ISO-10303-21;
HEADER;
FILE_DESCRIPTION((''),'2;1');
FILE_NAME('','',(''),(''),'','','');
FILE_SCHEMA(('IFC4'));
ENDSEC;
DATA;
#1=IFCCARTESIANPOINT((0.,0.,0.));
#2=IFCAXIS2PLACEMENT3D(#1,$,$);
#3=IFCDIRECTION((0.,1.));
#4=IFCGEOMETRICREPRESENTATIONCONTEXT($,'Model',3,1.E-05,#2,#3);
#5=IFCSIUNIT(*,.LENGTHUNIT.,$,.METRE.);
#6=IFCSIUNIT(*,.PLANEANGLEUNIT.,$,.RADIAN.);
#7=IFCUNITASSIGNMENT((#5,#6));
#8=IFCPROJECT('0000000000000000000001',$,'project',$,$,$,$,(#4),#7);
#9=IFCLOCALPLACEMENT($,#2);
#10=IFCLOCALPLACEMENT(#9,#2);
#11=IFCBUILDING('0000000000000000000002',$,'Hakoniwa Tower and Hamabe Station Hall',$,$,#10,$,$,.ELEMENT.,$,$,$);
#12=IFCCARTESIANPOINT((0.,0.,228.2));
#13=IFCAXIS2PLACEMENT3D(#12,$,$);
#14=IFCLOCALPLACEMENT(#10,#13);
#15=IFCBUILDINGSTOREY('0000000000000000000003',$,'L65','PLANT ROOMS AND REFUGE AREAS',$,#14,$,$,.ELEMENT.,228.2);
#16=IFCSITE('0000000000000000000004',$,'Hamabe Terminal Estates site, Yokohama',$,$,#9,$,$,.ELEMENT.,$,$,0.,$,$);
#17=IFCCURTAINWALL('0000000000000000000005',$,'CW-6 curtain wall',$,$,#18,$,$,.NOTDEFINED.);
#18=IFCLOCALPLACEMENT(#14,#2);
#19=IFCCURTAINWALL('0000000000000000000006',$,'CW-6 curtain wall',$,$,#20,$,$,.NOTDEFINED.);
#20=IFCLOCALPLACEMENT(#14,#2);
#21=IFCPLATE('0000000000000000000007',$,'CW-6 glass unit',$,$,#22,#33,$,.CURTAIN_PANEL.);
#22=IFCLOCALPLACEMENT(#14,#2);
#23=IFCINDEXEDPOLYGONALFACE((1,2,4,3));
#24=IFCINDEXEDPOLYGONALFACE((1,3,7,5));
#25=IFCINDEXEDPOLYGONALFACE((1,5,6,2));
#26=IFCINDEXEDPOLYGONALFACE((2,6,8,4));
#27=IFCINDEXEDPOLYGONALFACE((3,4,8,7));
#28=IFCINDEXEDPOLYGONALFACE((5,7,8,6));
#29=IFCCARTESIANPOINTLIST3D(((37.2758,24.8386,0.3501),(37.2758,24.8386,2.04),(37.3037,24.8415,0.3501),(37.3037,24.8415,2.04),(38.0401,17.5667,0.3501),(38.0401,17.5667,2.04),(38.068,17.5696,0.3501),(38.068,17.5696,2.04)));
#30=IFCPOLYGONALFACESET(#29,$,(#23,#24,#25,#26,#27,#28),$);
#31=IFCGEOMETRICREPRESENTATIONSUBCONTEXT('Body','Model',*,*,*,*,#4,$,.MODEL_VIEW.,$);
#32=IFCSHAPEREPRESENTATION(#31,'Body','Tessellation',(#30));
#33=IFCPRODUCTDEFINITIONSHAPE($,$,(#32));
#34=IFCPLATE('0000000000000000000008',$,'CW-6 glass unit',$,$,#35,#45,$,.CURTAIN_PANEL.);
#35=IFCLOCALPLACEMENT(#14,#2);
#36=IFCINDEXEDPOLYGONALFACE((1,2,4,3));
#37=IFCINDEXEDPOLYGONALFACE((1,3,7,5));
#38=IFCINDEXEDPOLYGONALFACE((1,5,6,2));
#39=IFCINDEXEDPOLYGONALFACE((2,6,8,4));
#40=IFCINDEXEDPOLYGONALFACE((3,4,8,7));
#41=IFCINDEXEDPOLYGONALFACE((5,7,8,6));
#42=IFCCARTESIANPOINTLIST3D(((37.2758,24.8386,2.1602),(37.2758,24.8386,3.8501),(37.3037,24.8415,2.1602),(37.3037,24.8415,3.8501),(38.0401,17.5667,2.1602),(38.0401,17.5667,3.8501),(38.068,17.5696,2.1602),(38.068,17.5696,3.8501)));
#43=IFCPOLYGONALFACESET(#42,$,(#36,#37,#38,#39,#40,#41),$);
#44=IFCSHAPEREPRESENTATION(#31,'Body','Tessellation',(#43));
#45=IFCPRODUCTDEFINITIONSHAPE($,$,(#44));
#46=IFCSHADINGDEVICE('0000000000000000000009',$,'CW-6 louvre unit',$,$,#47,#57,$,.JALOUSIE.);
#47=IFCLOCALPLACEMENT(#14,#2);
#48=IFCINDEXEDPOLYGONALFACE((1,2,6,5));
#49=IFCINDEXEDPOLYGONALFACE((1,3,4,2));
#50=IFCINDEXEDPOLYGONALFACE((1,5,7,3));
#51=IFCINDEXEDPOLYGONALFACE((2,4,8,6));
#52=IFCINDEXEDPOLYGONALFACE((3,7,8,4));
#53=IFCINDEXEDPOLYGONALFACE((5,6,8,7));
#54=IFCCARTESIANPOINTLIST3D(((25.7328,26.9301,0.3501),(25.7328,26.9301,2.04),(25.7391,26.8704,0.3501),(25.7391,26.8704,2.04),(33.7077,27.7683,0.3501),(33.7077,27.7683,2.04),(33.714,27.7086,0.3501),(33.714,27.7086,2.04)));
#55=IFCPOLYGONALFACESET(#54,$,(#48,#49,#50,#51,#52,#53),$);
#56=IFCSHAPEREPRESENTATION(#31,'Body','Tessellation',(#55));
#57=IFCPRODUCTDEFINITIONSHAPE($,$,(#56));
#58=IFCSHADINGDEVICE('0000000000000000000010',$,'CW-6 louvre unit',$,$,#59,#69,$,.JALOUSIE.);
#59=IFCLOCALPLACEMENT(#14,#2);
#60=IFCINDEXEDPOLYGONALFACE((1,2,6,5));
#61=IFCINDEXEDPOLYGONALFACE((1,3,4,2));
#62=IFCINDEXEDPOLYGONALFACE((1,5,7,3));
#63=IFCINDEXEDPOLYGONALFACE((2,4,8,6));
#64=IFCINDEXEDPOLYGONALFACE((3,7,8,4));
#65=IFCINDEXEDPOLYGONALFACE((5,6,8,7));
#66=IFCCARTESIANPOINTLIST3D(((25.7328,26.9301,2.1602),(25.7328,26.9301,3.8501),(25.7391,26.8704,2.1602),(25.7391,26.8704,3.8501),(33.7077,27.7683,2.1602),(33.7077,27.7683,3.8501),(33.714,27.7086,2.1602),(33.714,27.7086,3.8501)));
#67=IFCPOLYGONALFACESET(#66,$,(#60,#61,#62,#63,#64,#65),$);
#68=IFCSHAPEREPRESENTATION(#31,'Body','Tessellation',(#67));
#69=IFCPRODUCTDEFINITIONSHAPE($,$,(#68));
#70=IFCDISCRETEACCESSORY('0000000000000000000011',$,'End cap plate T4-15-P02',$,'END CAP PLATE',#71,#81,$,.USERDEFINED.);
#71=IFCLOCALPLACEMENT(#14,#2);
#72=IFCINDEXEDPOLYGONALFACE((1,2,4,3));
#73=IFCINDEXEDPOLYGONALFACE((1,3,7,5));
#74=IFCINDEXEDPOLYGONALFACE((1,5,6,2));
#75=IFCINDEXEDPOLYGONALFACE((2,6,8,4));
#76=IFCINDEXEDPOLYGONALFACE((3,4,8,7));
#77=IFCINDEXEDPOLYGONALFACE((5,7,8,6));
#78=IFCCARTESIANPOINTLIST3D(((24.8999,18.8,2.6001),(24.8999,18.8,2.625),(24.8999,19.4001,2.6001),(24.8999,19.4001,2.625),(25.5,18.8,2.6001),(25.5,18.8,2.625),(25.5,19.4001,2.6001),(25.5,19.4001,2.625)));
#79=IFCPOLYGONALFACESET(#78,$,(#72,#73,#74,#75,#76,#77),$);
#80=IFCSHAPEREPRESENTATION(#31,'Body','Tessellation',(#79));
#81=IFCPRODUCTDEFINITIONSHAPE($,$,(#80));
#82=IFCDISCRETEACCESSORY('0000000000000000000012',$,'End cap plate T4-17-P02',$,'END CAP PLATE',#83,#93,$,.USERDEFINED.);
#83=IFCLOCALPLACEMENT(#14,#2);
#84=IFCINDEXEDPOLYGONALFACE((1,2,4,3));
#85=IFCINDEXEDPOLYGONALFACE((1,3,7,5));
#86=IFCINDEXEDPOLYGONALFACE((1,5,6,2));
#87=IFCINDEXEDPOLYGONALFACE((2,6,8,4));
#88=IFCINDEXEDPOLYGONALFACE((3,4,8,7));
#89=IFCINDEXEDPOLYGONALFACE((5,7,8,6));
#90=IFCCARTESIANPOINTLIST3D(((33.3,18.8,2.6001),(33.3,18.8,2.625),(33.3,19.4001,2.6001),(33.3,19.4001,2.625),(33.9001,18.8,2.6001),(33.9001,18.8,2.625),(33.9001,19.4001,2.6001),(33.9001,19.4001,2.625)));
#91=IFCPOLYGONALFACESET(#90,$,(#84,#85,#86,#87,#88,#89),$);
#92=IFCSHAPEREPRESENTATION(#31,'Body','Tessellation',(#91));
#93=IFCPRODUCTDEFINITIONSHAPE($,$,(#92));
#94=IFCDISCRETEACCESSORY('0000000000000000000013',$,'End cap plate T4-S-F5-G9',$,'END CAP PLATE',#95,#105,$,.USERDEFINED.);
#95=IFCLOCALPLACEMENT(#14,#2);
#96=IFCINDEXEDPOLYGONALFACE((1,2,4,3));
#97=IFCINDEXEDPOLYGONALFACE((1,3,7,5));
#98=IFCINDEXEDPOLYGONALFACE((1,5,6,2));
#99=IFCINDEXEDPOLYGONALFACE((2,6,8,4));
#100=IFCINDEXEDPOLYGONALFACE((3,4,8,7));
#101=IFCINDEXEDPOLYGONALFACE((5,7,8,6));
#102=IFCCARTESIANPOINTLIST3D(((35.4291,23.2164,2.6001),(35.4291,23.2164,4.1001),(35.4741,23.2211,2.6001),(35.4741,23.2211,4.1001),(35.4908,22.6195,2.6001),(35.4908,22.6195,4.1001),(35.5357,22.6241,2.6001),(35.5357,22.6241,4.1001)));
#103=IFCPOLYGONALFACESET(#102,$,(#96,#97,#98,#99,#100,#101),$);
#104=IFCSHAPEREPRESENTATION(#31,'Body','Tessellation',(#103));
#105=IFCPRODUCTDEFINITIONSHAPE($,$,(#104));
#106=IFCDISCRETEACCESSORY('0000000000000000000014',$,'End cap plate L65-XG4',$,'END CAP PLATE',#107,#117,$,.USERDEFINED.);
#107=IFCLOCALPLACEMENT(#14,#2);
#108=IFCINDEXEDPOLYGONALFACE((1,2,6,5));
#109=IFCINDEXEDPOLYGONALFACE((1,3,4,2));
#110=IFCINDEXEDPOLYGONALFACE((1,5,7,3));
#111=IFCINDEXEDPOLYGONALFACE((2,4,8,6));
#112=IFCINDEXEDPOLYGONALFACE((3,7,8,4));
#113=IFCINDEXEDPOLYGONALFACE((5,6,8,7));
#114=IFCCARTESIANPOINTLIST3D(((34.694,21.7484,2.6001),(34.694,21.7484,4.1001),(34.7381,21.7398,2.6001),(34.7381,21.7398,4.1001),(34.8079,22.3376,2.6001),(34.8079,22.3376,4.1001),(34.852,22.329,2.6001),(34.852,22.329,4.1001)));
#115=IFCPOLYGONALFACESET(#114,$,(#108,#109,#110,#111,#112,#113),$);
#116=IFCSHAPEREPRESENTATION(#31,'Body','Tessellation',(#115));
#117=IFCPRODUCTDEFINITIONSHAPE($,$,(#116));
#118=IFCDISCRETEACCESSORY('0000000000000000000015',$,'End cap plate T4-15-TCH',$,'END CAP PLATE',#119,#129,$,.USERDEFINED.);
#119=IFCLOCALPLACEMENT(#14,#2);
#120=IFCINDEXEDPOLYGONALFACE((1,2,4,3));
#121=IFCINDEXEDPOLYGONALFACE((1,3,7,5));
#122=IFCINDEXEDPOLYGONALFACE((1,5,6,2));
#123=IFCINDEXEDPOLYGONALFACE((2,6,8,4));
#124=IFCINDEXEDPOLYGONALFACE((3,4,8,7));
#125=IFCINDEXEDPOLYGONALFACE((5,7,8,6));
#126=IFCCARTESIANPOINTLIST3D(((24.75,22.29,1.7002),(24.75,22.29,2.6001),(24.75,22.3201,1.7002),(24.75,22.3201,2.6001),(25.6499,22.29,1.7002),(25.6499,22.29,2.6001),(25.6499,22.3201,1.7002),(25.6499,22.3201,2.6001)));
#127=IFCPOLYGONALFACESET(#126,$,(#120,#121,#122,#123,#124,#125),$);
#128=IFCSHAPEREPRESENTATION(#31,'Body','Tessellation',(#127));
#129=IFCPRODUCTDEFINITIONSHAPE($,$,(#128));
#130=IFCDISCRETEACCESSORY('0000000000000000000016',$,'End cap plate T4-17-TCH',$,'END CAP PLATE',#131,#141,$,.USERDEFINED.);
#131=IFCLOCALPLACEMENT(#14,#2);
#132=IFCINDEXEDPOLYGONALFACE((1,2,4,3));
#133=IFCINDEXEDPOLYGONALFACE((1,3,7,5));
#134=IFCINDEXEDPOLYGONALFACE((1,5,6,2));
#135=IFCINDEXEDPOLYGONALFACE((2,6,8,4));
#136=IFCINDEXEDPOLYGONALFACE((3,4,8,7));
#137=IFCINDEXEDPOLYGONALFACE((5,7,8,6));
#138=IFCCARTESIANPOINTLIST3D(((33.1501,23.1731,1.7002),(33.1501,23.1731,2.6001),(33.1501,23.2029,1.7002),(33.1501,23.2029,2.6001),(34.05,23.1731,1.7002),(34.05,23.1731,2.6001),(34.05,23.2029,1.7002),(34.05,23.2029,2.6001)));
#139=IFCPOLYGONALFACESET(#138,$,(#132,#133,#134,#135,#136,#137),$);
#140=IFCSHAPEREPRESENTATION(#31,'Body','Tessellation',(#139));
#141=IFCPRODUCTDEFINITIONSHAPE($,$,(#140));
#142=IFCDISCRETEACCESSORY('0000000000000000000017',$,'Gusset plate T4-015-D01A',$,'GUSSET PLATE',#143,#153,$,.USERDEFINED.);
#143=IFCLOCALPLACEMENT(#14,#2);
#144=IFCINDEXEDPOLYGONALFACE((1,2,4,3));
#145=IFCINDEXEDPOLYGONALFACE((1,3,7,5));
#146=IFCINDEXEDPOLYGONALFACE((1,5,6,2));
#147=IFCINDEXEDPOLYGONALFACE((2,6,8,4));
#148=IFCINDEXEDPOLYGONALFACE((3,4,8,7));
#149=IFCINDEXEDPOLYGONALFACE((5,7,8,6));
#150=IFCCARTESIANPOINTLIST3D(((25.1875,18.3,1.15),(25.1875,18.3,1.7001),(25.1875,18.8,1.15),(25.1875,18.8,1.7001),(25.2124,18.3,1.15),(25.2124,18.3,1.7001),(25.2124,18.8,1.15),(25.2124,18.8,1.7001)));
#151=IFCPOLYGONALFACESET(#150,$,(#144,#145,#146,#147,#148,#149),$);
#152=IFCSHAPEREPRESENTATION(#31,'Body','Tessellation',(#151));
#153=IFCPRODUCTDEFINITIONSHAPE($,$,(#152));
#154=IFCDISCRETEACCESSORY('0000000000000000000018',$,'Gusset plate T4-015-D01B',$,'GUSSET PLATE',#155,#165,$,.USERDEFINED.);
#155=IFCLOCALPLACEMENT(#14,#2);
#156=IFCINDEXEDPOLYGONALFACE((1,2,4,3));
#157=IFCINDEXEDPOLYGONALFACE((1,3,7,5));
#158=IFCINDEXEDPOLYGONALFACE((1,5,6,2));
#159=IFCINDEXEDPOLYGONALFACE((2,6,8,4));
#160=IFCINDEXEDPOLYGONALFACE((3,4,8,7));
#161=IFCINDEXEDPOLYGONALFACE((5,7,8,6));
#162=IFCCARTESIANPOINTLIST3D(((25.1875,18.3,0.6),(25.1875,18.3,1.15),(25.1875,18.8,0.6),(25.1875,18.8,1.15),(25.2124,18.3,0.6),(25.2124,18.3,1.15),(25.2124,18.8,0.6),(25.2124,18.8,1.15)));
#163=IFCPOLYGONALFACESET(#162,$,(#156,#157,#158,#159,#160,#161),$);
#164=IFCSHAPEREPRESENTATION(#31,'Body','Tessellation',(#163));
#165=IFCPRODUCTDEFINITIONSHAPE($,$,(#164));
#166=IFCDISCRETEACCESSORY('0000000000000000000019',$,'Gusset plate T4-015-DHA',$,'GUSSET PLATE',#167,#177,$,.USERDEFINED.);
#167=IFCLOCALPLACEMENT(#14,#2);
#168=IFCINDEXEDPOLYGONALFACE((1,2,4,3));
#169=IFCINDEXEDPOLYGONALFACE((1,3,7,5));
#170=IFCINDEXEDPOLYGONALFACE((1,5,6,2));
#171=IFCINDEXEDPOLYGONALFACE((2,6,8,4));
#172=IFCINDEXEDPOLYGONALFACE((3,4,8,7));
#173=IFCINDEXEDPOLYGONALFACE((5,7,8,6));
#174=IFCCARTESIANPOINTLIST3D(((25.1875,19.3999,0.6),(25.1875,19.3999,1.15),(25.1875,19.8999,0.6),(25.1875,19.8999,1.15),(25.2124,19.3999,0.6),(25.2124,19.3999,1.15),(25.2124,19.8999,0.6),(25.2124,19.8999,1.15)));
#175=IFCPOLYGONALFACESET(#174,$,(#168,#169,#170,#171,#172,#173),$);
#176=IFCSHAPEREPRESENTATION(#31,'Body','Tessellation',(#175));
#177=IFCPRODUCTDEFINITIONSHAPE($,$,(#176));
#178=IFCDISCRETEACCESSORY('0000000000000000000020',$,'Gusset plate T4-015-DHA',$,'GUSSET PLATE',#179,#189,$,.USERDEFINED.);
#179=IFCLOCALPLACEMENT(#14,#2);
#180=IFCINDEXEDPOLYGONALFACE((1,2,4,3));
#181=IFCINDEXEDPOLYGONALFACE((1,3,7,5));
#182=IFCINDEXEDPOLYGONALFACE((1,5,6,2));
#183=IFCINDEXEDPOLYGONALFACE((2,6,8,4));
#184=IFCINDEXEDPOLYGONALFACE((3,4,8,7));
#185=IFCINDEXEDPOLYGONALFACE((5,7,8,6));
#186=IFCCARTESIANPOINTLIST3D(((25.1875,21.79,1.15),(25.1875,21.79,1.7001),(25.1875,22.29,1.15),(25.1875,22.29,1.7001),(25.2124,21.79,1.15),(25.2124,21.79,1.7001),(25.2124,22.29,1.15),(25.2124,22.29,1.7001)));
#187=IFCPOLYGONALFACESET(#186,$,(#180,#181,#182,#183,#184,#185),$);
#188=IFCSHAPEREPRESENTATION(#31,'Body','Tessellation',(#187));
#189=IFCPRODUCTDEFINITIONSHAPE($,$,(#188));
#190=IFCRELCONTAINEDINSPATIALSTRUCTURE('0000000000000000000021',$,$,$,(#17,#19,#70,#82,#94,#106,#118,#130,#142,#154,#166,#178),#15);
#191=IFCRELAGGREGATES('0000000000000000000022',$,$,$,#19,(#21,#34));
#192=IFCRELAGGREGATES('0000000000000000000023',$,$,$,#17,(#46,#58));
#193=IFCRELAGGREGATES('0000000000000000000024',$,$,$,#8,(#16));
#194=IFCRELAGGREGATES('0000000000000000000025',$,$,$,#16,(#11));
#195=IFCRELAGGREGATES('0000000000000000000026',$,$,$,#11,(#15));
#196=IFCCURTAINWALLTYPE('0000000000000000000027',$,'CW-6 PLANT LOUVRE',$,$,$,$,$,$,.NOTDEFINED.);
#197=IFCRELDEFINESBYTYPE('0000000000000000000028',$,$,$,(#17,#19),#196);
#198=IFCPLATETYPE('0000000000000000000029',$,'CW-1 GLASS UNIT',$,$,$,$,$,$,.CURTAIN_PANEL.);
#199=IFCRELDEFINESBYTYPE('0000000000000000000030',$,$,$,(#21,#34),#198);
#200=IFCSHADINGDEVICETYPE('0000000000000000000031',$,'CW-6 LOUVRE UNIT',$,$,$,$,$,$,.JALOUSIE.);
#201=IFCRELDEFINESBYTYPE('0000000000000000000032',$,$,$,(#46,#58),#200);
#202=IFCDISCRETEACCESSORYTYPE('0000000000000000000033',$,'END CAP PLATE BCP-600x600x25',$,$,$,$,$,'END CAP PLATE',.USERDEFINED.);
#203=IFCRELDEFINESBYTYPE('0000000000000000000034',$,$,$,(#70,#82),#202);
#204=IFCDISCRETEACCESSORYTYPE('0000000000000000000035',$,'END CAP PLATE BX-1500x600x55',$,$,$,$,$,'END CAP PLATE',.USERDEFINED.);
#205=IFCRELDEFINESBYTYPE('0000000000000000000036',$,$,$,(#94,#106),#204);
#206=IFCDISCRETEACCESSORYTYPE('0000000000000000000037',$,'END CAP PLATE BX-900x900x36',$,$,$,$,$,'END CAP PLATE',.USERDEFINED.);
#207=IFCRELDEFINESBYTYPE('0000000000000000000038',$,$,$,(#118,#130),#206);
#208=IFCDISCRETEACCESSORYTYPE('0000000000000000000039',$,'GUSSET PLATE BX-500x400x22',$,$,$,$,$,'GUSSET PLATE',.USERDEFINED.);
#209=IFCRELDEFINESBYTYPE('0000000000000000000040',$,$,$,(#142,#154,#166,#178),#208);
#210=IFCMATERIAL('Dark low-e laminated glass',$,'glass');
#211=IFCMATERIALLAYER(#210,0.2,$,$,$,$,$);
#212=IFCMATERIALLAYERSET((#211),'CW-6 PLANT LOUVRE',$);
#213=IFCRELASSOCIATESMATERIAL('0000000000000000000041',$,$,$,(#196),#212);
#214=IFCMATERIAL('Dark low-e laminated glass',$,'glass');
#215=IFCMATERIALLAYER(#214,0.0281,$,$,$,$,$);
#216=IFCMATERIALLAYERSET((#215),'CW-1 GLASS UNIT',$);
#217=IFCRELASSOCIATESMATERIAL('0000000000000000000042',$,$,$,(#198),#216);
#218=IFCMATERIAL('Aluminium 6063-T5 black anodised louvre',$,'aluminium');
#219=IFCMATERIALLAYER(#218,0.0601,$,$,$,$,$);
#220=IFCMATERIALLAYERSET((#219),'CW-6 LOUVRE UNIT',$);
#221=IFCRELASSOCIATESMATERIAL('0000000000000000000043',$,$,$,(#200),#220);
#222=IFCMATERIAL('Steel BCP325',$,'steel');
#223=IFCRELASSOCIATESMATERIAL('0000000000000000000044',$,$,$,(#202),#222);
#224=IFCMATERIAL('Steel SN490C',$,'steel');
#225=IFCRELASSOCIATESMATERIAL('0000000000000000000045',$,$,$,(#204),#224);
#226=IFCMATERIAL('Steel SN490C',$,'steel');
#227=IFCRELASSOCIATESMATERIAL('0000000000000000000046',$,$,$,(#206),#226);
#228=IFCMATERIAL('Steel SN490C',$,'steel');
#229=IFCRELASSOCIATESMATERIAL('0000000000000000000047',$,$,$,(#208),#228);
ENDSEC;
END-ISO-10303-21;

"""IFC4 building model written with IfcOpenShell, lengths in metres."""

from ifc_helpers import new_model, si_unit, direction, frame, origin, origin_2d, place, context, subcontext, project, spatial, rectangle, extrude, material, layer, layer_set, material_profile, profile_set, type_object, element, aggregate, save


model = new_model("IFC4")

# Units and contexts
model_context = context("Model", 3, precision=1e-05, world=origin(), true_north=direction((0.0, 1.0)))
body_context = subcontext(model_context, "Body", "Model", "MODEL_VIEW")
ifc_project = project(units=[si_unit("LENGTHUNIT", "METRE"), si_unit("PLANEANGLEUNIT", "RADIAN")], contexts=[model_context])

# Site, building, storey
site_placement = place(None, origin())
site = spatial("IfcSite", under=ifc_project, at=site_placement, Name="Hamabe Terminal Estates site, Yokohama", CompositionType="ELEMENT", RefElevation=0.0)
building_placement = place(site_placement, origin())
building = spatial("IfcBuilding", under=site, at=building_placement, Name="Hakoniwa Tower and Hamabe Station Hall", CompositionType="ELEMENT")
storey_placement = place(building_placement, frame((0.0, 0.0, 228.2)))
storey = spatial("IfcBuildingStorey", under=building, at=storey_placement, Name="L65", Description="PLANT ROOMS AND REFUGE AREAS", CompositionType="ELEMENT", Elevation=228.2)

# Curtain walls
ifc_material_1 = material(Name="Dark low-e laminated glass", Category="glass")
ifc_layer_1 = layer(ifc_material_1, 0.2)
ifc_layer_set_1 = layer_set([ifc_layer_1], Name="CW-6 PLANT LOUVRE")
curtain_wall_type = type_object("IfcCurtainWallType", Name="CW-6 PLANT LOUVRE", PredefinedType="NOTDEFINED", material=ifc_layer_set_1)
curtain_wall_1_placement = place(storey_placement, origin())
curtain_wall_1 = element("IfcCurtainWall", 1, at=curtain_wall_1_placement, inside=storey, type_object=curtain_wall_type, Name="CW-6 curtain wall", PredefinedType="NOTDEFINED")
curtain_wall_2_placement = place(storey_placement, origin())
curtain_wall_2 = element("IfcCurtainWall", 2, at=curtain_wall_2_placement, inside=storey, type_object=curtain_wall_type, Name="CW-6 curtain wall", PredefinedType="NOTDEFINED")

# Plates
ifc_material_2 = material(Name="Dark low-e laminated glass", Category="glass")
ifc_layer_2 = layer(ifc_material_2, 0.0281)
ifc_layer_set_2 = layer_set([ifc_layer_2], Name="CW-1 GLASS UNIT")
plate_type = type_object("IfcPlateType", Name="CW-1 GLASS UNIT", PredefinedType="CURTAIN_PANEL", material=ifc_layer_set_2)
plate_1_placement = place(storey_placement, frame((37.6719, 21.2041, 0.3501), z_axis=(0.0, 0.0, 1.0), x_axis=(-0.104528, 0.994522, 0.0)))
plate_1 = element("IfcPlate", 3, at=plate_1_placement, type_object=plate_type, Name="CW-6 glass unit", PredefinedType="CURTAIN_PANEL", context=body_context, shape_type="SweptSolid", body=[
    extrude(rectangle(XDim=7.312, YDim=0.0281, at=origin_2d()), origin(), (0.0, 0.0, 1.0), 1.6899),
])
plate_2_placement = place(storey_placement, frame((37.6719, 21.2041, 2.1602), z_axis=(0.0, 0.0, 1.0), x_axis=(-0.104528, 0.994522, 0.0)))
plate_2 = element("IfcPlate", 4, at=plate_2_placement, type_object=plate_type, Name="CW-6 glass unit", PredefinedType="CURTAIN_PANEL", context=body_context, shape_type="SweptSolid", body=[
    extrude(rectangle(XDim=7.312, YDim=0.0281, at=origin_2d()), origin(), (0.0, 0.0, 1.0), 1.6899),
])
aggregate(curtain_wall_2, [plate_1, plate_2])

# Shading devices
ifc_material_3 = material(Name="Aluminium 6063-T5 black anodised louvre", Category="aluminium")
ifc_layer_3 = layer(ifc_material_3, 0.0601)
ifc_layer_set_3 = layer_set([ifc_layer_3], Name="CW-6 LOUVRE UNIT")
shading_device_type = type_object("IfcShadingDeviceType", Name="CW-6 LOUVRE UNIT", PredefinedType="JALOUSIE", material=ifc_layer_set_3)
shading_device_1_placement = place(storey_placement, frame((29.7234, 27.3193, 0.3501), z_axis=(0.0, 0.0, 1.0), x_axis=(-0.994522, -0.104528, 0.0)))
shading_device_1 = element("IfcShadingDevice", 5, at=shading_device_1_placement, type_object=shading_device_type, Name="CW-6 louvre unit", PredefinedType="JALOUSIE", context=body_context, shape_type="SweptSolid", body=[
    extrude(rectangle(XDim=8.0188, YDim=0.0601, at=origin_2d()), origin(), (0.0, 0.0, 1.0), 1.6899),
])
shading_device_2_placement = place(storey_placement, frame((29.7234, 27.3193, 2.1602), z_axis=(0.0, 0.0, 1.0), x_axis=(-0.994522, -0.104528, 0.0)))
shading_device_2 = element("IfcShadingDevice", 6, at=shading_device_2_placement, type_object=shading_device_type, Name="CW-6 louvre unit", PredefinedType="JALOUSIE", context=body_context, shape_type="SweptSolid", body=[
    extrude(rectangle(XDim=8.0188, YDim=0.0601, at=origin_2d()), origin(), (0.0, 0.0, 1.0), 1.6899),
])
aggregate(curtain_wall_1, [shading_device_1, shading_device_2])

# Discrete accessories
ifc_material_4 = material(Name="Steel BCP325", Category="steel")
ifc_material_profile_1 = material_profile(ifc_material_4, rectangle(XDim=0.6001, YDim=0.6001, at=origin_2d()), Name="END CAP PLATE BCP-600x600x25")
ifc_profile_set_1 = profile_set([ifc_material_profile_1], Name="Steel BCP325")
discrete_accessory_type_1 = type_object("IfcDiscreteAccessoryType", Name="END CAP PLATE BCP-600x600x25", ElementType="END CAP PLATE", PredefinedType="USERDEFINED", material=ifc_profile_set_1)
for number, where, z_axis, x_axis, name in (
    (7, (25.2, 19.1001, 2.6001), (0.0, 0.0, 1.0), (1.0, 0.0, 0.0), "End cap plate T4-15-P02"),
    (8, (33.6001, 19.1001, 2.6001), (0.0, 0.0, 1.0), (1.0, 0.0, 0.0), "End cap plate T4-17-P02"),
):
    element("IfcDiscreteAccessory", number, at=place(storey_placement, frame(where, z_axis=z_axis, x_axis=x_axis)), inside=storey, type_object=discrete_accessory_type_1, Name=name, ObjectType="END CAP PLATE", PredefinedType="USERDEFINED", context=body_context, shape_type="SweptSolid", body=[
        extrude(rectangle(XDim=0.6001, YDim=0.6001, at=origin_2d()), origin(), (0.0, 0.0, 1.0), 0.0249),
    ])
ifc_material_5 = material(Name="Steel SN490C", Category="steel")
ifc_material_profile_2 = material_profile(ifc_material_5, rectangle(XDim=0.6001, YDim=1.5, at=origin_2d()), Name="END CAP PLATE BX-1500x600x55")
ifc_profile_set_2 = profile_set([ifc_material_profile_2], Name="Steel SN490C")
discrete_accessory_type_2 = type_object("IfcDiscreteAccessoryType", Name="END CAP PLATE BX-1500x600x55", ElementType="END CAP PLATE", PredefinedType="USERDEFINED", material=ifc_profile_set_2)
discrete_accessory_1_placement = place(storey_placement, frame((35.46, 22.918, 3.3501), z_axis=(0.994711, 0.102715, 0.0), x_axis=(-0.102715, 0.994711, 0.0)))
element("IfcDiscreteAccessory", 9, at=discrete_accessory_1_placement, inside=storey, type_object=discrete_accessory_type_2, Name="End cap plate T4-S-F5-G9", ObjectType="END CAP PLATE", PredefinedType="USERDEFINED", context=body_context, shape_type="SweptSolid", body=[
    extrude(rectangle(XDim=0.6001, YDim=1.5, at=origin_2d()), origin(), (0.0, 0.0, 1.0), 0.0452),
])
discrete_accessory_2_placement = place(storey_placement, frame((34.751, 22.043, 3.3501), z_axis=(0.981812, -0.189853, 0.0), x_axis=(0.189853, 0.981812, 0.0)))
element("IfcDiscreteAccessory", 10, at=discrete_accessory_2_placement, inside=storey, type_object=discrete_accessory_type_2, Name="End cap plate L65-XG4", ObjectType="END CAP PLATE", PredefinedType="USERDEFINED", context=body_context, shape_type="SweptSolid", body=[
    extrude(rectangle(XDim=0.6001, YDim=1.5, at=origin_2d()), origin(), (0.0, 0.0, 1.0), 0.0449),
])
ifc_material_6 = material(Name="Steel SN490C", Category="steel")
ifc_material_profile_3 = material_profile(ifc_material_6, rectangle(XDim=0.8999, YDim=0.8999, at=origin_2d()), Name="END CAP PLATE BX-900x900x36")
ifc_profile_set_3 = profile_set([ifc_material_profile_3], Name="Steel SN490C")
discrete_accessory_type_3 = type_object("IfcDiscreteAccessoryType", Name="END CAP PLATE BX-900x900x36", ElementType="END CAP PLATE", PredefinedType="USERDEFINED", material=ifc_profile_set_3)
discrete_accessory_3_placement = place(storey_placement, frame((25.2, 22.29, 2.1501), z_axis=(0.0, 1.0, 0.0), x_axis=(-1.0, 0.0, 0.0)))
element("IfcDiscreteAccessory", 11, at=discrete_accessory_3_placement, inside=storey, type_object=discrete_accessory_type_3, Name="End cap plate T4-15-TCH", ObjectType="END CAP PLATE", PredefinedType="USERDEFINED", context=body_context, shape_type="SweptSolid", body=[
    extrude(rectangle(XDim=0.8999, YDim=0.8999, at=origin_2d()), origin(), (0.0, 0.0, 1.0), 0.03),
])
discrete_accessory_4_placement = place(storey_placement, frame((33.6001, 23.1731, 2.1501), z_axis=(0.0, 1.0, 0.0), x_axis=(-1.0, 0.0, 0.0)))
element("IfcDiscreteAccessory", 12, at=discrete_accessory_4_placement, inside=storey, type_object=discrete_accessory_type_3, Name="End cap plate T4-17-TCH", ObjectType="END CAP PLATE", PredefinedType="USERDEFINED", context=body_context, shape_type="SweptSolid", body=[
    extrude(rectangle(XDim=0.8999, YDim=0.8999, at=origin_2d()), origin(), (0.0, 0.0, 1.0), 0.0298),
])
ifc_material_7 = material(Name="Steel SN490C", Category="steel")
ifc_material_profile_4 = material_profile(ifc_material_7, rectangle(XDim=0.5, YDim=0.55, at=origin_2d()), Name="GUSSET PLATE BX-500x400x22")
ifc_profile_set_4 = profile_set([ifc_material_profile_4], Name="Steel SN490C")
discrete_accessory_type_4 = type_object("IfcDiscreteAccessoryType", Name="GUSSET PLATE BX-500x400x22", ElementType="GUSSET PLATE", PredefinedType="USERDEFINED", material=ifc_profile_set_4)
for number, where, z_axis, x_axis, name in (
    (13, (25.2124, 18.55, 1.425), (-1.0, 0.0, 0.0), (0.0, -1.0, 0.0), "Gusset plate T4-015-D01A"),
    (14, (25.2124, 18.55, 0.875), (-1.0, 0.0, 0.0), (0.0, -1.0, 0.0), "Gusset plate T4-015-D01B"),
    (15, (25.2124, 19.6499, 0.875), (-1.0, 0.0, 0.0), (0.0, -1.0, 0.0), "Gusset plate T4-015-DHA"),
    (16, (25.2124, 22.04, 1.425), (-1.0, 0.0, 0.0), (0.0, -1.0, 0.0), "Gusset plate T4-015-DHA"),
):
    element("IfcDiscreteAccessory", number, at=place(storey_placement, frame(where, z_axis=z_axis, x_axis=x_axis)), inside=storey, type_object=discrete_accessory_type_4, Name=name, ObjectType="GUSSET PLATE", PredefinedType="USERDEFINED", context=body_context, shape_type="SweptSolid", body=[
        extrude(rectangle(XDim=0.5, YDim=0.55, at=origin_2d()), origin(), (0.0, 0.0, 1.0), 0.0249),
    ])

save(model, "model.ifc")
